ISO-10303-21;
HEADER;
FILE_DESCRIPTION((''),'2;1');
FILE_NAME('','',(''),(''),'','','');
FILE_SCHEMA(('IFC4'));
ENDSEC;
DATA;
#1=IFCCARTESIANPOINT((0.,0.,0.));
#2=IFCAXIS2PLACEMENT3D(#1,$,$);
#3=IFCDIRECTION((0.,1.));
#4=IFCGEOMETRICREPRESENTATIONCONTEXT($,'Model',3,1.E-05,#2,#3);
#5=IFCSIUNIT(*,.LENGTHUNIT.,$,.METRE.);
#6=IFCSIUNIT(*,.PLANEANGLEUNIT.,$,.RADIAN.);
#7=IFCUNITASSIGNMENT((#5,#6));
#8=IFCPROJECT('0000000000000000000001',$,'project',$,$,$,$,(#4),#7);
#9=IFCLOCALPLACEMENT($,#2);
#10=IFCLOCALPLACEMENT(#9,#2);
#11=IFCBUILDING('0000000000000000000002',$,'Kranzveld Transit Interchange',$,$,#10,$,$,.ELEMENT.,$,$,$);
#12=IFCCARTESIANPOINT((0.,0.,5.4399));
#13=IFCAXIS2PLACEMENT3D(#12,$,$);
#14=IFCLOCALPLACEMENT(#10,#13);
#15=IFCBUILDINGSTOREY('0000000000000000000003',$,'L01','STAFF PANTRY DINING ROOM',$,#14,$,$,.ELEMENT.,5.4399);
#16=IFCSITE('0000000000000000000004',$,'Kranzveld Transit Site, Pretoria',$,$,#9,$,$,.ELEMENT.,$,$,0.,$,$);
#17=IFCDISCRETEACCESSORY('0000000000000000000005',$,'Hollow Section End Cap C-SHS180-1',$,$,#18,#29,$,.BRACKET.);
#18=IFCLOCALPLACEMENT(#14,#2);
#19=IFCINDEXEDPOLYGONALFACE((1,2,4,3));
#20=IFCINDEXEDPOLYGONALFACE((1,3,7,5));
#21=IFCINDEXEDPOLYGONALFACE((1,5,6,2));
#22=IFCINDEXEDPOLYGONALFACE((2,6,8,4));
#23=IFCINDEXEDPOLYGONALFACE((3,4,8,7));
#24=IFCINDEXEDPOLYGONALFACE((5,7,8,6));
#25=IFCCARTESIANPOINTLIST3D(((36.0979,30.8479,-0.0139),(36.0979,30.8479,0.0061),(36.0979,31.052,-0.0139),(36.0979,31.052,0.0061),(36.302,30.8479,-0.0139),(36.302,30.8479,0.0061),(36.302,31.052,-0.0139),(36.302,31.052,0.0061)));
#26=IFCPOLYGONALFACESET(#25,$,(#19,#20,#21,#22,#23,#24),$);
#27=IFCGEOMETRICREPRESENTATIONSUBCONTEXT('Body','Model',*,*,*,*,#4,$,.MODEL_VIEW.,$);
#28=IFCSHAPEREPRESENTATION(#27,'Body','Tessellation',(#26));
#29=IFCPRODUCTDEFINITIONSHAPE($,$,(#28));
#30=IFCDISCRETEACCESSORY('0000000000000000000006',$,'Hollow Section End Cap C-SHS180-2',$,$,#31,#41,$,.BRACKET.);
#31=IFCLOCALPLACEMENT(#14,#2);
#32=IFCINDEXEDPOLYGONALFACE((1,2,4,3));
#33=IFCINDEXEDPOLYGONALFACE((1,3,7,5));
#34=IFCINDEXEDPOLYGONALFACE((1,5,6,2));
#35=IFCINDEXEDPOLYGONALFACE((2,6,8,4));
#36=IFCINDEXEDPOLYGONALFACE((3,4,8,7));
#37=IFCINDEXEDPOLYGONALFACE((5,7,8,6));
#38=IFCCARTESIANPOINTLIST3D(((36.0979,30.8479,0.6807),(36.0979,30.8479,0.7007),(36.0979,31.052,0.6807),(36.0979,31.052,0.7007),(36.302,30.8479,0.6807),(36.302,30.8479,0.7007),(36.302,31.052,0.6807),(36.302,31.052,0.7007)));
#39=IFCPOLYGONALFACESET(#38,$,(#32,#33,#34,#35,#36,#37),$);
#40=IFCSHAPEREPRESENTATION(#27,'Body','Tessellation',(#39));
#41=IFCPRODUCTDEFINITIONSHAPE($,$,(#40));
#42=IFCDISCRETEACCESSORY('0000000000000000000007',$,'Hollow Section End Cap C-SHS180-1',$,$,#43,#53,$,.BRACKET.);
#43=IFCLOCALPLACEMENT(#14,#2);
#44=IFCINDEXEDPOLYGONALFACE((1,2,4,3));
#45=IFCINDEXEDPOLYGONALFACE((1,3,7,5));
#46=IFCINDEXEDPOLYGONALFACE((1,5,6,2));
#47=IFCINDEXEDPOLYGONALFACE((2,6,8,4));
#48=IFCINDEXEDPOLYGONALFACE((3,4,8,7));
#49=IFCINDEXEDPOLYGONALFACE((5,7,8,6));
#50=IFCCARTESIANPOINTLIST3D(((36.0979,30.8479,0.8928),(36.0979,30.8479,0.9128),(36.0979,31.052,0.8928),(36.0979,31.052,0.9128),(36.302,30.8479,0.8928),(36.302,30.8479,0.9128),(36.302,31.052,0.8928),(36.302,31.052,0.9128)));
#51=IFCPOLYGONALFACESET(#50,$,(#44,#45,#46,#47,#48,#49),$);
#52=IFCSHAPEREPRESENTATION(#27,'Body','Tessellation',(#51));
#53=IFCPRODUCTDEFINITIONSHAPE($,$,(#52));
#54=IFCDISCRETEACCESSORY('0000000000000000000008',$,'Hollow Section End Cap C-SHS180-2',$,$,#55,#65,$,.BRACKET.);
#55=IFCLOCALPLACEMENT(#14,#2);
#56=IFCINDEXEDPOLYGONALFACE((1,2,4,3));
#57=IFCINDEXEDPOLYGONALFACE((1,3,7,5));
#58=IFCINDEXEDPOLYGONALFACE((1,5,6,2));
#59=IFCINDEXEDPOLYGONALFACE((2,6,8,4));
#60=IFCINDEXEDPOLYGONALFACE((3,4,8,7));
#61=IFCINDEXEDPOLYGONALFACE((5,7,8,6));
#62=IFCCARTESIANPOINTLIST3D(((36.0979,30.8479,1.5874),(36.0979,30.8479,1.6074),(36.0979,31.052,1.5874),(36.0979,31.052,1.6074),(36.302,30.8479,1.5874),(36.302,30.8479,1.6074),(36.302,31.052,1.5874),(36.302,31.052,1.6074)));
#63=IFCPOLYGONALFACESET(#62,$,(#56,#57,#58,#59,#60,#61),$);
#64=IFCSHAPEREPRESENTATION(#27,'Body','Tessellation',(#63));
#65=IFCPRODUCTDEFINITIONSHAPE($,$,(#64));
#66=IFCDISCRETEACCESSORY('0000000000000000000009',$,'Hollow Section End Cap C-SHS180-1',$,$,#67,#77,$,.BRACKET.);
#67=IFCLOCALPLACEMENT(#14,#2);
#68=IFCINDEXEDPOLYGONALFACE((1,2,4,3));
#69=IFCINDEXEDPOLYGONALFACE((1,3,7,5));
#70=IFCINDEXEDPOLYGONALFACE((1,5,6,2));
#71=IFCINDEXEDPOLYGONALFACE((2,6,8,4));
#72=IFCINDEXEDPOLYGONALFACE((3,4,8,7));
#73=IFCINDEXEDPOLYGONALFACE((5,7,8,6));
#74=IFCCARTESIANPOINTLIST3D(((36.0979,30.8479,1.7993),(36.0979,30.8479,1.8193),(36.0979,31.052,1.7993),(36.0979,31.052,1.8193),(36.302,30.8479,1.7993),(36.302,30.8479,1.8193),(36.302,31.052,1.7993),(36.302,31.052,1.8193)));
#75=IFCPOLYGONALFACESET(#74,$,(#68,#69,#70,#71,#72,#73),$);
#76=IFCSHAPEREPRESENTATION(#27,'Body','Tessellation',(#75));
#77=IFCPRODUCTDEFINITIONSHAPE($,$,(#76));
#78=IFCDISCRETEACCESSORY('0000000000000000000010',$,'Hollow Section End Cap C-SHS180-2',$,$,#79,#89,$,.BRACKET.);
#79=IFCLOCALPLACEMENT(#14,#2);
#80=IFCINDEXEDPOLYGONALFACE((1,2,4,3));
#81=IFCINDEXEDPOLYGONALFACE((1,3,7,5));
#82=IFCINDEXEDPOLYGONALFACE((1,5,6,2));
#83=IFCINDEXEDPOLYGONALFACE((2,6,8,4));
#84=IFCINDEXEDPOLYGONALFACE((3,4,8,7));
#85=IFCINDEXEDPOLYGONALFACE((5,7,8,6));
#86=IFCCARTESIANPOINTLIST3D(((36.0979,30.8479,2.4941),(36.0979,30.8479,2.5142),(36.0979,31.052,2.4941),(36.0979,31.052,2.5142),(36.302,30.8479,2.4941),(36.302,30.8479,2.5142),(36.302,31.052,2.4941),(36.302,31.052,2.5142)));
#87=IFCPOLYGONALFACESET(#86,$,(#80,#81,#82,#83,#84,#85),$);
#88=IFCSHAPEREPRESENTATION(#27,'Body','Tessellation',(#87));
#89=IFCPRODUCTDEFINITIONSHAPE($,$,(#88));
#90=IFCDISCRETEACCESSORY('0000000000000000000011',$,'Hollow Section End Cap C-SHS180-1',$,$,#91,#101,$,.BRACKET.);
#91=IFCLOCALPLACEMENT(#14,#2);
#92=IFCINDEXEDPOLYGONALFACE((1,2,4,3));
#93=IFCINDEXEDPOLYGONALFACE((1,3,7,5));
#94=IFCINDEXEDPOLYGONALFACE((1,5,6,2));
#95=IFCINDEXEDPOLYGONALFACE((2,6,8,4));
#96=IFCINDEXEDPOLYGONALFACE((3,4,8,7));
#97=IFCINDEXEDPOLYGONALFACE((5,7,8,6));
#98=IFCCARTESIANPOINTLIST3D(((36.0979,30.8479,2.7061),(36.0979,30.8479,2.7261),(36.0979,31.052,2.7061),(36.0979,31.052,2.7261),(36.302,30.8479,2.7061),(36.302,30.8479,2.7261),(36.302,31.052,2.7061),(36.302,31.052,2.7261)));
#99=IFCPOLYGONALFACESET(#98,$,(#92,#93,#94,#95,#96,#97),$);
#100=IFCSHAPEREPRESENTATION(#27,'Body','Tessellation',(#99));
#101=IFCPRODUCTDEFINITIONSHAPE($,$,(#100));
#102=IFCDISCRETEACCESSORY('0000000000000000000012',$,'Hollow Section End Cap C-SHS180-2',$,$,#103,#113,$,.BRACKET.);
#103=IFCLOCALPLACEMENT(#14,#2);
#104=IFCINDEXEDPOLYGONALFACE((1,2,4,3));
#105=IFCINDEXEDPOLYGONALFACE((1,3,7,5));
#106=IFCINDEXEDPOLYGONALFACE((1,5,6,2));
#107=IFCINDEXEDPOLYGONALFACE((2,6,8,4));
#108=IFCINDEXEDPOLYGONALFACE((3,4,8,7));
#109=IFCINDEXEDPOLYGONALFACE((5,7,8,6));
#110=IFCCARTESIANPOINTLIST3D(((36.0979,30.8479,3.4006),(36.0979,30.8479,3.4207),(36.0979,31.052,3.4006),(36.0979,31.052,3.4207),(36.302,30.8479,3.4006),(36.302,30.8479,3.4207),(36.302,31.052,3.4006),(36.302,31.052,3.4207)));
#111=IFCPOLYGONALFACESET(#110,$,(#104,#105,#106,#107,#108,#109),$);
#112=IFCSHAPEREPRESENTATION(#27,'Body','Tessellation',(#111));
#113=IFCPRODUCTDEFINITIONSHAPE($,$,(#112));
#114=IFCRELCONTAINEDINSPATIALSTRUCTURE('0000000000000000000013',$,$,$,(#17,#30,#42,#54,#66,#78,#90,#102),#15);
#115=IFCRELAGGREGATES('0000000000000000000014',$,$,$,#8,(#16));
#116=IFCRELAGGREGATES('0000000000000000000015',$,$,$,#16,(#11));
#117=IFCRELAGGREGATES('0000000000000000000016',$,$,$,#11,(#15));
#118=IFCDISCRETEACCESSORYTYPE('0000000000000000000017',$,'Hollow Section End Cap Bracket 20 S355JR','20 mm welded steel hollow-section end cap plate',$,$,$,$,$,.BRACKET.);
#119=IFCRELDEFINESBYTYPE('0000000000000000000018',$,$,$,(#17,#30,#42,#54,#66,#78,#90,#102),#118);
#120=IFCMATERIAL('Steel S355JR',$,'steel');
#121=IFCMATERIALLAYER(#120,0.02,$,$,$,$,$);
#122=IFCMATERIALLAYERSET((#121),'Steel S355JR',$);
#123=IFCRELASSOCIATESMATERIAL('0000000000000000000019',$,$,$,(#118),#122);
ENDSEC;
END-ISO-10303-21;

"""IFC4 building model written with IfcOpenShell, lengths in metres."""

from ifc_helpers import new_model, si_unit, direction, frame, origin, origin_2d, place, context, subcontext, project, spatial, rectangle, extrude, material, layer, layer_set, type_object, element, save


model = new_model("IFC4")

# Units and contexts
model_context = context("Model", 3, precision=1e-05, world=origin(), true_north=direction((0.0, 1.0)))
body_context = subcontext(model_context, "Body", "Model", "MODEL_VIEW")
ifc_project = project(units=[si_unit("LENGTHUNIT", "METRE"), si_unit("PLANEANGLEUNIT", "RADIAN")], contexts=[model_context])

# Site, building, storey
site_placement = place(None, origin())
site = spatial("IfcSite", under=ifc_project, at=site_placement, Name="Kranzveld Transit Site, Pretoria", CompositionType="ELEMENT", RefElevation=0.0)
building_placement = place(site_placement, origin())
building = spatial("IfcBuilding", under=site, at=building_placement, Name="Kranzveld Transit Interchange", CompositionType="ELEMENT")
storey_placement = place(building_placement, frame((0.0, 0.0, 5.4399)))
storey = spatial("IfcBuildingStorey", under=building, at=storey_placement, Name="L01", Description="STAFF PANTRY DINING ROOM", CompositionType="ELEMENT", Elevation=5.4399)

# Discrete accessories
ifc_material_1 = material(Name="Steel S355JR", Category="steel")
ifc_layer_1 = layer(ifc_material_1, 0.02)
ifc_layer_set_1 = layer_set([ifc_layer_1], Name="Steel S355JR")
discrete_accessory_type = type_object("IfcDiscreteAccessoryType", Name="Hollow Section End Cap Bracket 20 S355JR", Description="20 mm welded steel hollow-section end cap plate", PredefinedType="BRACKET", material=ifc_layer_set_1)
for number, where, z_axis, x_axis, name in (
    (1, (36.2, 30.95, 0.0061), (0.0, 0.0, -1.0), (1.0, 0.0, 0.0), "Hollow Section End Cap C-SHS180-1"),
    (2, (36.2, 30.95, 0.6807), (0.0, 0.0, 1.0), (1.0, 0.0, 0.0), "Hollow Section End Cap C-SHS180-2"),
    (3, (36.2, 30.95, 0.9128), (0.0, 0.0, -1.0), (1.0, 0.0, 0.0), "Hollow Section End Cap C-SHS180-1"),
    (4, (36.2, 30.95, 1.5874), (0.0, 0.0, 1.0), (1.0, 0.0, 0.0), "Hollow Section End Cap C-SHS180-2"),
    (5, (36.2, 30.95, 1.8193), (0.0, 0.0, -1.0), (1.0, 0.0, 0.0), "Hollow Section End Cap C-SHS180-1"),
    (6, (36.2, 30.95, 2.4941), (0.0, 0.0, 1.0), (1.0, 0.0, 0.0), "Hollow Section End Cap C-SHS180-2"),
    (7, (36.2, 30.95, 2.7261), (0.0, 0.0, -1.0), (1.0, 0.0, 0.0), "Hollow Section End Cap C-SHS180-1"),
    (8, (36.2, 30.95, 3.4006), (0.0, 0.0, 1.0), (1.0, 0.0, 0.0), "Hollow Section End Cap C-SHS180-2"),
):
    element("IfcDiscreteAccessory", number, at=place(storey_placement, frame(where, z_axis=z_axis, x_axis=x_axis)), inside=storey, type_object=discrete_accessory_type, Name=name, PredefinedType="BRACKET", context=body_context, shape_type="SweptSolid", body=[
        extrude(rectangle(XDim=0.2041, YDim=0.2041, at=origin_2d()), origin(), (0.0, 0.0, 1.0), 0.02),
    ])

save(model, "model.ifc")
